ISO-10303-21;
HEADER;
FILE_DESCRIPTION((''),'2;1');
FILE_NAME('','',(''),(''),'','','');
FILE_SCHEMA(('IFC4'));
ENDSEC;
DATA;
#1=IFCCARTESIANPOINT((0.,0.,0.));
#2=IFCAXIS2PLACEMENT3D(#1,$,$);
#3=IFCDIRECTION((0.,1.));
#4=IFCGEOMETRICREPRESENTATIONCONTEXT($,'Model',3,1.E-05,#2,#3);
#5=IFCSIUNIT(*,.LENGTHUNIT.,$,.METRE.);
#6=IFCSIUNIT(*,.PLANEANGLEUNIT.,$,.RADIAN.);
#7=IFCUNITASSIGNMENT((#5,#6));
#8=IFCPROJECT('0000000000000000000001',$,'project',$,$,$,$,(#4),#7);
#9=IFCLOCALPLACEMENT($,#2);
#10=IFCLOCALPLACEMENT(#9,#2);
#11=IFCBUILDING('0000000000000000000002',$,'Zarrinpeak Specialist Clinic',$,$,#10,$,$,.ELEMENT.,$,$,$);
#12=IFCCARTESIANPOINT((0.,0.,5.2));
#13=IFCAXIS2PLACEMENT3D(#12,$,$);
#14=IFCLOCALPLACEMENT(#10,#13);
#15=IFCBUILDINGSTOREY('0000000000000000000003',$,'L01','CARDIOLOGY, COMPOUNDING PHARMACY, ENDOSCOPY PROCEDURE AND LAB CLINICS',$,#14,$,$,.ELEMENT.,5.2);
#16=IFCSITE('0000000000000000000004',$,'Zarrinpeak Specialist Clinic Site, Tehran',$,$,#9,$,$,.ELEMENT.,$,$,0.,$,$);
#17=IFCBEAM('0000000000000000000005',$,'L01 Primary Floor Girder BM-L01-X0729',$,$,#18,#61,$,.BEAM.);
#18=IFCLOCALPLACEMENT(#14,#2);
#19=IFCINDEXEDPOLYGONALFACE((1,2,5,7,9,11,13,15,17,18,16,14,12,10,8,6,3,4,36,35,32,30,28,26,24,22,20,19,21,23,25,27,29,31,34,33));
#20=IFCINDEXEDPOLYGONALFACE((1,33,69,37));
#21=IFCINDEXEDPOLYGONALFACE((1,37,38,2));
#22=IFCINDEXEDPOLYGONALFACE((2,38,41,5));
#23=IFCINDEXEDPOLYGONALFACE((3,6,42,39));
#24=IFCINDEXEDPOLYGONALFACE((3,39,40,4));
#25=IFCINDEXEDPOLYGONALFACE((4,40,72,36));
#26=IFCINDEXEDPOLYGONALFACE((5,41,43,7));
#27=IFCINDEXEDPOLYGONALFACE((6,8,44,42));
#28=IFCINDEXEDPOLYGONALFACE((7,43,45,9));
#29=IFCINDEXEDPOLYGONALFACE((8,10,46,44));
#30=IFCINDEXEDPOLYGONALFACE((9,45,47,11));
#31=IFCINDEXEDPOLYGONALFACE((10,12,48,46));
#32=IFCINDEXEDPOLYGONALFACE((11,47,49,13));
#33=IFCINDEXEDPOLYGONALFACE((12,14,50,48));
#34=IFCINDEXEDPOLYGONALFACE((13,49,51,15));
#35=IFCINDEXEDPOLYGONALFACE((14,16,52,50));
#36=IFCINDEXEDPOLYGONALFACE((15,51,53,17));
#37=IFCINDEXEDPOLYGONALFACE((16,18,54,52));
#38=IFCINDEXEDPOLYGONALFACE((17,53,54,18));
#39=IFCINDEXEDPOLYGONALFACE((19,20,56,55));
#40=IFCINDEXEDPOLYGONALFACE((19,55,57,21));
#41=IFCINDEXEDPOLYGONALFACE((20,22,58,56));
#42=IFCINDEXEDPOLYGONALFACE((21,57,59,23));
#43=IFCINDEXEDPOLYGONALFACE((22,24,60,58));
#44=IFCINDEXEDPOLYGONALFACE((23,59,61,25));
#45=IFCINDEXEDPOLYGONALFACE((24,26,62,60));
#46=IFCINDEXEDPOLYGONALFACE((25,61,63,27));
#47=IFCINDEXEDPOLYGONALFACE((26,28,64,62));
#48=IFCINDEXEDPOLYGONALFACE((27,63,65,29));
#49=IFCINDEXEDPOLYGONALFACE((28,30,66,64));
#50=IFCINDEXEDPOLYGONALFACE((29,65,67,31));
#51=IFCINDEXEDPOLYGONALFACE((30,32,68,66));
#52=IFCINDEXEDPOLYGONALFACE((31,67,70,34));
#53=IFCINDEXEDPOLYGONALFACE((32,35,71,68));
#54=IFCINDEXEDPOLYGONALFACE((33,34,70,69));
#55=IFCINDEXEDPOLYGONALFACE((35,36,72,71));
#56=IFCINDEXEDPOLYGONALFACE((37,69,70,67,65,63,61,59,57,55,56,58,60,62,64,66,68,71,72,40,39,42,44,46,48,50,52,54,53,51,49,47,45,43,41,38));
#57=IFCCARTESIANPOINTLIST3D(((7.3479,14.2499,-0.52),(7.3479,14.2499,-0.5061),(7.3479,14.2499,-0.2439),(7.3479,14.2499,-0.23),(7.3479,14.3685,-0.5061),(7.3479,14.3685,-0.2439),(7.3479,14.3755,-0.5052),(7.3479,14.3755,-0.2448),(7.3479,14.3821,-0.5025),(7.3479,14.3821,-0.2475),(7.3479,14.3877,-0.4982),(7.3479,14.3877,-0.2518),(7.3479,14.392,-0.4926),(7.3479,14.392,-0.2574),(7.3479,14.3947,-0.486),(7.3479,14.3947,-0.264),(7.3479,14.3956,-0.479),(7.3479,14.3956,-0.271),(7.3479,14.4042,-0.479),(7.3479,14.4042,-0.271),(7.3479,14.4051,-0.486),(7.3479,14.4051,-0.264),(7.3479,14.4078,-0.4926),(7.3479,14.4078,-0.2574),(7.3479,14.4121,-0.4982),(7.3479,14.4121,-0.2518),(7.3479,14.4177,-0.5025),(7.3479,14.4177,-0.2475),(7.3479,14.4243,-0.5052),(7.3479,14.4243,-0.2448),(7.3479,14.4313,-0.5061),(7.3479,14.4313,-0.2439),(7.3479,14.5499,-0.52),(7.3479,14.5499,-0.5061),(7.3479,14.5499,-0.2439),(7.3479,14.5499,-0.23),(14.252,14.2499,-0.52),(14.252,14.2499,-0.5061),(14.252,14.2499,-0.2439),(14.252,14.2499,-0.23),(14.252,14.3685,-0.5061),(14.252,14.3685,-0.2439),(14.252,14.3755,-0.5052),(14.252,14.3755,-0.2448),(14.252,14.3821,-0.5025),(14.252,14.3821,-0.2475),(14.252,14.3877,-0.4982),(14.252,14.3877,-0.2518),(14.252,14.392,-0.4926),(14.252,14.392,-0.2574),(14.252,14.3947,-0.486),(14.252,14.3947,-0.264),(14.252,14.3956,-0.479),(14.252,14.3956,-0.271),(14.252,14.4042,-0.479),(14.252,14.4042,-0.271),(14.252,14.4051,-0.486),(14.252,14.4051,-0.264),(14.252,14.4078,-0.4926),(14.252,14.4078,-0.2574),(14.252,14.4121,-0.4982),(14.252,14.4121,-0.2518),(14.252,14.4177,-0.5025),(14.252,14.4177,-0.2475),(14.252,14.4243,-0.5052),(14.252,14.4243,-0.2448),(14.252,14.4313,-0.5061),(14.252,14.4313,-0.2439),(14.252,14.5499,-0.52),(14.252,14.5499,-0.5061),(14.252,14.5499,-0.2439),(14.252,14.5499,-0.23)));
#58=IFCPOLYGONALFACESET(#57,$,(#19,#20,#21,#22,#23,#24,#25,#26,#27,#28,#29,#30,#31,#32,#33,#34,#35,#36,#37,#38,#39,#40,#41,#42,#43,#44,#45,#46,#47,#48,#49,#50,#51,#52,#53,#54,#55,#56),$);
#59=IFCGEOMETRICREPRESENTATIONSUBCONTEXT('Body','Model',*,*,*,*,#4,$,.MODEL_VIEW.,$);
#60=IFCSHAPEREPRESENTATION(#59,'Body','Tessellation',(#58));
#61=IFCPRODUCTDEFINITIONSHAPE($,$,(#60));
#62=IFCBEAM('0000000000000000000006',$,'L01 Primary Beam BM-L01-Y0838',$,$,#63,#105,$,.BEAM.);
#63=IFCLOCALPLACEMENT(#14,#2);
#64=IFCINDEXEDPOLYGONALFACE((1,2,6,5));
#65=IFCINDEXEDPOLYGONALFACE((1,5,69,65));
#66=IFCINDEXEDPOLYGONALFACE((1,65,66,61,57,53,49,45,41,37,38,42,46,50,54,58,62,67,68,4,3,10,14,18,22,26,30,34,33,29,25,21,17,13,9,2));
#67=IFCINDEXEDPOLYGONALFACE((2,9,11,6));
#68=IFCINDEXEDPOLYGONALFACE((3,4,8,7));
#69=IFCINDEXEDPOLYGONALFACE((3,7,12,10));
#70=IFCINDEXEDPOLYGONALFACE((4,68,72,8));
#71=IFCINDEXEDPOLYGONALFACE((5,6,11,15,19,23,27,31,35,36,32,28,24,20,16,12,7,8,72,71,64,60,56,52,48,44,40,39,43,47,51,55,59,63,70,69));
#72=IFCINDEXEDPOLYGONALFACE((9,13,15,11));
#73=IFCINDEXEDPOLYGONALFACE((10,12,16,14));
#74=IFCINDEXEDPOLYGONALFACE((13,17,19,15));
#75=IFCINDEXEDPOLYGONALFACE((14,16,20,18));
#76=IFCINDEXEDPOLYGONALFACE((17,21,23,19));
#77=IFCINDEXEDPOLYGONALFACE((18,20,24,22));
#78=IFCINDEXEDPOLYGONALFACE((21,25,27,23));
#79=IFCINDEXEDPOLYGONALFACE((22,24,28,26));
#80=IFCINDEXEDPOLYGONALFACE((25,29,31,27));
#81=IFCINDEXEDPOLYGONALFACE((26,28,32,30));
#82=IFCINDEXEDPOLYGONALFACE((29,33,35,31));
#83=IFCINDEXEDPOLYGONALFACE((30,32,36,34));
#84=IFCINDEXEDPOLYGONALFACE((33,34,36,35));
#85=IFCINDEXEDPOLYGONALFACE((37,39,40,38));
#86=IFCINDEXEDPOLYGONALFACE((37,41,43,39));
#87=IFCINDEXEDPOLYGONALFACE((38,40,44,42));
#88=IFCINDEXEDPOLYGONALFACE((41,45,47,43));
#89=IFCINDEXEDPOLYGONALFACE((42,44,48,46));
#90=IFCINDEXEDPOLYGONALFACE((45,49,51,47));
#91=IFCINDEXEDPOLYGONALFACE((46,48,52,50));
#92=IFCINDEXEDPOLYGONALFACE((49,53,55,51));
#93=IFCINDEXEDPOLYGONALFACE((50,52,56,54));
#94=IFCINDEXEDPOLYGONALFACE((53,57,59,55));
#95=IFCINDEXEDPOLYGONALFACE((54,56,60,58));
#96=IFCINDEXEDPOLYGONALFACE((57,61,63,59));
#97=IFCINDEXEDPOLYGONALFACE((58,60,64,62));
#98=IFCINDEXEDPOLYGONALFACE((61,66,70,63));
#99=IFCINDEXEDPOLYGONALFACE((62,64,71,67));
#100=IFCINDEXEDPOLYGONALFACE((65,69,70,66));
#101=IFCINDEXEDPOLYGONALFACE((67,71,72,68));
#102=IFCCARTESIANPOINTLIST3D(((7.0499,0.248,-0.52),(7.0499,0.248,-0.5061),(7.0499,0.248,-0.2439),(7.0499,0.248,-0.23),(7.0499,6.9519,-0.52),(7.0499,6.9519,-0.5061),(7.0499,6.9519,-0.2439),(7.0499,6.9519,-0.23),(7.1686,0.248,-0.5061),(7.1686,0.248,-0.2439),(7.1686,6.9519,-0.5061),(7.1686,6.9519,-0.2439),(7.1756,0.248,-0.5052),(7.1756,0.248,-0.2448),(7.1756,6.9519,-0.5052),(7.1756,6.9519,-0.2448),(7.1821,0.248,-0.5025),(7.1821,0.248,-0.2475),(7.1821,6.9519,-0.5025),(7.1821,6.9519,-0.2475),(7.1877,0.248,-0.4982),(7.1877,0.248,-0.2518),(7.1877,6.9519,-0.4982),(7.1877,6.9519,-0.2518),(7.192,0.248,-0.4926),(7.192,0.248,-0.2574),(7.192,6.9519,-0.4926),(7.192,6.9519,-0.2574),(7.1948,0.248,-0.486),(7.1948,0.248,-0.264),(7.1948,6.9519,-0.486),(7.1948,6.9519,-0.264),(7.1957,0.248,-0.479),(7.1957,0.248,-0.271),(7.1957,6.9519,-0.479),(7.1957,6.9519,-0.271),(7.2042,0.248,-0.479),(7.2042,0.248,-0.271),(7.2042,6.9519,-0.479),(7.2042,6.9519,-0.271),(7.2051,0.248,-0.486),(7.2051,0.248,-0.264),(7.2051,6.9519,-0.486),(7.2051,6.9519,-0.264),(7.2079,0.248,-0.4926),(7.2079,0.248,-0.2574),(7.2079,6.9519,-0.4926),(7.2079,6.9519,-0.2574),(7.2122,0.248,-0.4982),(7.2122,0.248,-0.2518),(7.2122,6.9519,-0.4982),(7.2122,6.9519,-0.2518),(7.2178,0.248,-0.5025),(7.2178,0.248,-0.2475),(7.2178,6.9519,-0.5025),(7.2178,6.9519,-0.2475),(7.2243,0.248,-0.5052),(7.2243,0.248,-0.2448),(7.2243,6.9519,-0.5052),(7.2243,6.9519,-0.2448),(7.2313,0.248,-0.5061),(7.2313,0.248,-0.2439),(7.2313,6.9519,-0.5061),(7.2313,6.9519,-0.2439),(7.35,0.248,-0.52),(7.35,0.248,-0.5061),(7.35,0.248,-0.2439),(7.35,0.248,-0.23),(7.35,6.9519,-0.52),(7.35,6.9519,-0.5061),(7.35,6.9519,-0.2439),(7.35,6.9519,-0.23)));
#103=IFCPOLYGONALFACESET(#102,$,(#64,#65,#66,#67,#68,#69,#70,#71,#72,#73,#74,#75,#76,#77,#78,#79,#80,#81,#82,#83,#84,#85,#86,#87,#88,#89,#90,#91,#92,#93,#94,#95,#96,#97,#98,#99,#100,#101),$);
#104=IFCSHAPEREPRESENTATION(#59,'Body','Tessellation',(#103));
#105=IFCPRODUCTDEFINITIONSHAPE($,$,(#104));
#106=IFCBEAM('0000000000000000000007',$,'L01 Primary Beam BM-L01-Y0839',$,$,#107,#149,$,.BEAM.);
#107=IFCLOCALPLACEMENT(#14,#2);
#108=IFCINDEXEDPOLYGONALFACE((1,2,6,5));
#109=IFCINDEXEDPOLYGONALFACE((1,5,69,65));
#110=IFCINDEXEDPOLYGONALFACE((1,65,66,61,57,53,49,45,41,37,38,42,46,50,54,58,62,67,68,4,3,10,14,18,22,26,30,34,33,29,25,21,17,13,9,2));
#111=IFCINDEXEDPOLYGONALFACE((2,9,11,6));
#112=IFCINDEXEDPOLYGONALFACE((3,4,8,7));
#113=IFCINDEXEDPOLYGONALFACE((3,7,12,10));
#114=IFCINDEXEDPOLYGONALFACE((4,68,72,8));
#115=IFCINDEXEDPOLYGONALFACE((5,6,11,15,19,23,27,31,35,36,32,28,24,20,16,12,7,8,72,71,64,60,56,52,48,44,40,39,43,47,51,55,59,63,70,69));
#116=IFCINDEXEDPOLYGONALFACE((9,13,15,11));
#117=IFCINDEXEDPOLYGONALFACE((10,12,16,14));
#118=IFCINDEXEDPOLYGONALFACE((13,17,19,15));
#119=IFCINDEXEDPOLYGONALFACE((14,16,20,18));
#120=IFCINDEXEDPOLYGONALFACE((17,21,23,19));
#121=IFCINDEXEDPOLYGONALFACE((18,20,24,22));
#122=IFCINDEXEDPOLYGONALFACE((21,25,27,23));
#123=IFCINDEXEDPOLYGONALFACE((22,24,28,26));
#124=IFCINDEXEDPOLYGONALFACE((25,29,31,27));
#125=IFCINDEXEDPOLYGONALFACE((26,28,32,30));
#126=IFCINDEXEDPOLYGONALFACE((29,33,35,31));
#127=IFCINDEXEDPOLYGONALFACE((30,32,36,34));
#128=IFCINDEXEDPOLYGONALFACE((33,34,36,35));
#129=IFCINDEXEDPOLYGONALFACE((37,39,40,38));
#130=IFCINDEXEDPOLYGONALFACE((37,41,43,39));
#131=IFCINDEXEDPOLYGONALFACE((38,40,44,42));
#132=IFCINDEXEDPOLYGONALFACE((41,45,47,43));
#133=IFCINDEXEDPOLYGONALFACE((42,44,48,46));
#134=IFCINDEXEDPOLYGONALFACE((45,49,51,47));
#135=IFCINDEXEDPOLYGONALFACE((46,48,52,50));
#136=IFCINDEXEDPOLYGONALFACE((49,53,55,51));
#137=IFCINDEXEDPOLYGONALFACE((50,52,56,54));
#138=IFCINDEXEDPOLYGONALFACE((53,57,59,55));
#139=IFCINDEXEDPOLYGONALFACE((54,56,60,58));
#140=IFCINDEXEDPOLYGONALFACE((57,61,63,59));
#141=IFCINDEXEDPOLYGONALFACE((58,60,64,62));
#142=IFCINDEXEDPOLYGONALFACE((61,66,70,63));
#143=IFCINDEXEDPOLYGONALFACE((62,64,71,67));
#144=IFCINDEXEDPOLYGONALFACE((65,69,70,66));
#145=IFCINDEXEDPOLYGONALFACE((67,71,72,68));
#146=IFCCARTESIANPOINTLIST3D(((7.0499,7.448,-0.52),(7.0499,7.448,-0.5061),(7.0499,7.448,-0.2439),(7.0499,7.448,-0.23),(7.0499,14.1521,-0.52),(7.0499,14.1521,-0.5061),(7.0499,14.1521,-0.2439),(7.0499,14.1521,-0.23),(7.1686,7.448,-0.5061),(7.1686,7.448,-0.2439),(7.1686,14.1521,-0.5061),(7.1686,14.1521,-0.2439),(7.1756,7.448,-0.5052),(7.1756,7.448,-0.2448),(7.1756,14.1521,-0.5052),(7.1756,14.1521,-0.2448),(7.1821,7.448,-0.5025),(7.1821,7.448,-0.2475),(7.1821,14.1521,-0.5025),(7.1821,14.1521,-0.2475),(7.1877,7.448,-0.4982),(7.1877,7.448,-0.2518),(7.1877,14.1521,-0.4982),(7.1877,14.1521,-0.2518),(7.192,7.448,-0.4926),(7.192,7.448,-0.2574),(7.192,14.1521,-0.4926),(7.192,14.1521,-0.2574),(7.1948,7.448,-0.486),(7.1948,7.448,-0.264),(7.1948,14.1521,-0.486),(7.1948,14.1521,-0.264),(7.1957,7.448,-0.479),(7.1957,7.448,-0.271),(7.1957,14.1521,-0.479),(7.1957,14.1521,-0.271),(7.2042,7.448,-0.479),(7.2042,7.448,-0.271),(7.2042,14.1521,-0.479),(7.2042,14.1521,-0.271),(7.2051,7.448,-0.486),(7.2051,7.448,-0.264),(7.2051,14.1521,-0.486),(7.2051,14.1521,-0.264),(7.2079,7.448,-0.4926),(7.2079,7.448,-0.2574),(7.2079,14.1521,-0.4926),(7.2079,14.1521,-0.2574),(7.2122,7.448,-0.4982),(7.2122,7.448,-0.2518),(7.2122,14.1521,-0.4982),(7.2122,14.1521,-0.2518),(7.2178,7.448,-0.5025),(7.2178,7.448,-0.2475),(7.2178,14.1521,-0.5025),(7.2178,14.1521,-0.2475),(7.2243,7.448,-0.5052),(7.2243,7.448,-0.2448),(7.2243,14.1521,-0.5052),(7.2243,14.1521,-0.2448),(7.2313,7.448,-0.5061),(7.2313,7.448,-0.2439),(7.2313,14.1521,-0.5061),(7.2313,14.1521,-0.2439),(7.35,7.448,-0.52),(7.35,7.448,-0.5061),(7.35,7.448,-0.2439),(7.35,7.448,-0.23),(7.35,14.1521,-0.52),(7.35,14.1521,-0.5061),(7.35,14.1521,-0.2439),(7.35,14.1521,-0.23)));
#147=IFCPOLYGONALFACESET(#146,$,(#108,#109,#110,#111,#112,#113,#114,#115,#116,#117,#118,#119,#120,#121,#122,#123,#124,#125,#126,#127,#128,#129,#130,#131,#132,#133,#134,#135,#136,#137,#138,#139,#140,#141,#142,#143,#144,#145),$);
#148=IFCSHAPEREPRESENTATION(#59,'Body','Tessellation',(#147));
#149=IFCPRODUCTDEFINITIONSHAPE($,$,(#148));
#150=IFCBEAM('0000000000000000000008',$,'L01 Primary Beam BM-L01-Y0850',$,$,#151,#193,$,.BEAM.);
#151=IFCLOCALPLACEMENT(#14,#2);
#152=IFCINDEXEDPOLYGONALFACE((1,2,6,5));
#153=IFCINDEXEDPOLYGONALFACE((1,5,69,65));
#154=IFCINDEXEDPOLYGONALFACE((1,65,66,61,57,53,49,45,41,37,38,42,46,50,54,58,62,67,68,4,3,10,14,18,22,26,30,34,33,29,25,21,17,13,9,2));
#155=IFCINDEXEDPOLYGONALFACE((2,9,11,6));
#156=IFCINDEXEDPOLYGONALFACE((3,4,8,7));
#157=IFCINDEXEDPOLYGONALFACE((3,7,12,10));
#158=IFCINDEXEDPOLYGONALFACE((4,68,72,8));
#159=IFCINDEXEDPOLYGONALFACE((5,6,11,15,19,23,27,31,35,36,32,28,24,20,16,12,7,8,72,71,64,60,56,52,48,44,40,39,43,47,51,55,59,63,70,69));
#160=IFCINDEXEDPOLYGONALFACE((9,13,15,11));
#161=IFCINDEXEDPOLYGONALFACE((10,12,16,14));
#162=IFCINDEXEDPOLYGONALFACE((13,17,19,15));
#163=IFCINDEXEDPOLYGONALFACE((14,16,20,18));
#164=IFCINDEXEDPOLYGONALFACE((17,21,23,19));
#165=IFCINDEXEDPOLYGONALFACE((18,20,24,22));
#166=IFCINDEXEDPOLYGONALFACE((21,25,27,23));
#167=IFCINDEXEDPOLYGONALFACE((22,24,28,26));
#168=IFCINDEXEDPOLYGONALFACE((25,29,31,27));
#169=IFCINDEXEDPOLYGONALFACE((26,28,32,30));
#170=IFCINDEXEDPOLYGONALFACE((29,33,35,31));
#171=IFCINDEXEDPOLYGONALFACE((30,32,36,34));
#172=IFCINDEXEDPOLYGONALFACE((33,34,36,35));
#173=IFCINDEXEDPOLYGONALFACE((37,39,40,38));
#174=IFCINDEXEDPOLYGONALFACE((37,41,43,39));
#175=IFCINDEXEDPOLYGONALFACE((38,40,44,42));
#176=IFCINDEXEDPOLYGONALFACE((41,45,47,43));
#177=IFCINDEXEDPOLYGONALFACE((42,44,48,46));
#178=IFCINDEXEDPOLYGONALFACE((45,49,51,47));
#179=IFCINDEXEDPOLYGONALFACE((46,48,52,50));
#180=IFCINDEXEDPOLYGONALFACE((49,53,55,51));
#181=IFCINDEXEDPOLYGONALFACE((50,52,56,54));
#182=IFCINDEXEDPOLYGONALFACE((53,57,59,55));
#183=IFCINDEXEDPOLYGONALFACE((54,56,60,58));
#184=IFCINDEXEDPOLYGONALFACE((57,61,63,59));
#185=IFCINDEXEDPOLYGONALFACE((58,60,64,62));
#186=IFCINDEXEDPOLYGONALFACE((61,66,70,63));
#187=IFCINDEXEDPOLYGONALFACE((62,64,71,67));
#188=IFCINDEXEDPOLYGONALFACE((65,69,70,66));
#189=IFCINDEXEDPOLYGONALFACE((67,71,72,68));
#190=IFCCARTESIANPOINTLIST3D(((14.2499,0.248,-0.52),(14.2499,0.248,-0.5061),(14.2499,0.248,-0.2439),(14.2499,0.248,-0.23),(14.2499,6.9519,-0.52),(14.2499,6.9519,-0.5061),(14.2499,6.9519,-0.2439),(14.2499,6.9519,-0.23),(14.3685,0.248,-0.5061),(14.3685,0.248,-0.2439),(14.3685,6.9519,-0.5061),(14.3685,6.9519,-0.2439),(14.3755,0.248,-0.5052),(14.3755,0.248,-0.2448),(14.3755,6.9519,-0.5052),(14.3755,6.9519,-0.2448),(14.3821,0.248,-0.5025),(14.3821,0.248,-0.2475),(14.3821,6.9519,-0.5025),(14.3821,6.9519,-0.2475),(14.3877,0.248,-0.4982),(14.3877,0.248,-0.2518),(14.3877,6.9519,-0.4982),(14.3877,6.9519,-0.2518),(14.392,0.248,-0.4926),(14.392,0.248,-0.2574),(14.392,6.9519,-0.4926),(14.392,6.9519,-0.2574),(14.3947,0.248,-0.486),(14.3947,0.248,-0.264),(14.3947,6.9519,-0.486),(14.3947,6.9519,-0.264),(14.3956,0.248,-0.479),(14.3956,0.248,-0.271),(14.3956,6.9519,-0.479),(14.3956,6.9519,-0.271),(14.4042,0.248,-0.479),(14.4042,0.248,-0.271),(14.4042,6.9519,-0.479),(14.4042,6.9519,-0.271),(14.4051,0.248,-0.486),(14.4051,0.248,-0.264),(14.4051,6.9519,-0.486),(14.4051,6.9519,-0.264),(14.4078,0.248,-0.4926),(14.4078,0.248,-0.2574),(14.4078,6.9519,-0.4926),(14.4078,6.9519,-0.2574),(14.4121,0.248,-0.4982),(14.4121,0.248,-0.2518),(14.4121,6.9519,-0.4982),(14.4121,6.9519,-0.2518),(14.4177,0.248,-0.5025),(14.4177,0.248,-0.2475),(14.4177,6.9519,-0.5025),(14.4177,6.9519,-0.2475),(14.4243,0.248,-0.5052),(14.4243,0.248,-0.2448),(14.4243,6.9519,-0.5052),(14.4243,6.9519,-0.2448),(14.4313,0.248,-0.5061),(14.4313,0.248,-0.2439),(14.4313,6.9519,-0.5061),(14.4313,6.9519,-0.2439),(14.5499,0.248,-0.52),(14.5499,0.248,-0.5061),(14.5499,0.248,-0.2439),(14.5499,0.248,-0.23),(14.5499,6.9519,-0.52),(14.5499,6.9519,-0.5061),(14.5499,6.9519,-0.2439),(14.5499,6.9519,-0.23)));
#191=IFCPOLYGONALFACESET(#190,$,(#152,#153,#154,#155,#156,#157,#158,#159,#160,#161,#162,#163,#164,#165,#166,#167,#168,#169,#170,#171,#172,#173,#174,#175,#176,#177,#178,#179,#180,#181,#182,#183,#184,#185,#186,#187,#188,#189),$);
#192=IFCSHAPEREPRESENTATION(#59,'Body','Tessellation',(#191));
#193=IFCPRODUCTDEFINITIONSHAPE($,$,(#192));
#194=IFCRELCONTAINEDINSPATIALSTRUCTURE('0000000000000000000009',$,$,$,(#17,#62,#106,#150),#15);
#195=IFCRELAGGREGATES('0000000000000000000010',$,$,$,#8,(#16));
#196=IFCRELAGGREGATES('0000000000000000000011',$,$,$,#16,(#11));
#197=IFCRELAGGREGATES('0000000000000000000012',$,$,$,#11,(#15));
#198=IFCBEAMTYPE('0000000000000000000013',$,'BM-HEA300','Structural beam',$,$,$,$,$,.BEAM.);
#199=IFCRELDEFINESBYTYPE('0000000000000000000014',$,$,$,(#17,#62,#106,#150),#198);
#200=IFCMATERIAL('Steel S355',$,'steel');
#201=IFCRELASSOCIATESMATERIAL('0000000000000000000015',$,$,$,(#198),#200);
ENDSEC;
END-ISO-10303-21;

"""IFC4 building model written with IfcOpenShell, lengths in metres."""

from ifc_helpers import new_model, si_unit, direction, frame, origin, origin_2d, place, context, subcontext, project, spatial, i_section, extrude, material, material_profile, profile_set, type_object, element, save


model = new_model("IFC4")

# Units and contexts
model_context = context("Model", 3, precision=1e-05, world=origin(), true_north=direction((0.0, 1.0)))
body_context = subcontext(model_context, "Body", "Model", "MODEL_VIEW")
ifc_project = project(units=[si_unit("LENGTHUNIT", "METRE"), si_unit("PLANEANGLEUNIT", "RADIAN")], contexts=[model_context])

# Site, building, storey
site_placement = place(None, origin())
site = spatial("IfcSite", under=ifc_project, at=site_placement, Name="Zarrinpeak Specialist Clinic Site, Tehran", CompositionType="ELEMENT", RefElevation=0.0)
building_placement = place(site_placement, origin())
building = spatial("IfcBuilding", under=site, at=building_placement, Name="Zarrinpeak Specialist Clinic", CompositionType="ELEMENT")
storey_placement = place(building_placement, frame((0.0, 0.0, 5.2)))
storey = spatial("IfcBuildingStorey", under=building, at=storey_placement, Name="L01", Description="CARDIOLOGY, COMPOUNDING PHARMACY, ENDOSCOPY PROCEDURE AND LAB CLINICS", CompositionType="ELEMENT", Elevation=5.2)

# Shared definitions
ifc_material_1 = material(Name="Steel S355", Category="steel")

# Beams
ifc_material_profile_1 = material_profile(ifc_material_1, i_section(OverallWidth=0.3, OverallDepth=0.29, WebThickness=0.0085, FlangeThickness=0.0139, FilletRadius=0.0271, at=origin_2d()), Name="HEA 300")
ifc_profile_set_1 = profile_set([ifc_material_profile_1], Name="Steel S355")
beam_type_1 = type_object("IfcBeamType", Name="BM-HEA300", Description="Structural beam", PredefinedType="BEAM", material=ifc_profile_set_1)
for number, where, z_axis, x_axis, name in (
    (1, (7.3479, 14.3999, -0.375), (1.0, 0.0, 0.0), (0.0, 1.0, 0.0), "L01 Primary Floor Girder BM-L01-X0729"),
):
    element("IfcBeam", number, at=place(storey_placement, frame(where, z_axis=z_axis, x_axis=x_axis)), inside=storey, type_object=beam_type_1, Name=name, PredefinedType="BEAM", context=body_context, shape_type="SweptSolid", body=[
        extrude(i_section(OverallWidth=0.3, OverallDepth=0.29, WebThickness=0.0085, FlangeThickness=0.0139, FilletRadius=0.0271, at=origin_2d()), origin(), (0.0, 0.0, 1.0), 6.9041),
    ])
beam_1_placement = place(storey_placement, frame((7.2, 0.248, -0.375), z_axis=(0.0, 1.0, 0.0), x_axis=(-1.0, 0.0, 0.0)))
element("IfcBeam", 2, at=beam_1_placement, inside=storey, type_object=beam_type_1, Name="L01 Primary Beam BM-L01-Y0838", PredefinedType="BEAM", context=body_context, shape_type="SweptSolid", body=[
    extrude(i_section(OverallWidth=0.3, OverallDepth=0.29, WebThickness=0.0085, FlangeThickness=0.0139, FilletRadius=0.0271, at=origin_2d()), origin(), (0.0, 0.0, 1.0), 6.7039),
])
beam_2_placement = place(storey_placement, frame((7.2, 7.448, -0.375), z_axis=(0.0, 1.0, 0.0), x_axis=(-1.0, 0.0, 0.0)))
element("IfcBeam", 3, at=beam_2_placement, inside=storey, type_object=beam_type_1, Name="L01 Primary Beam BM-L01-Y0839", PredefinedType="BEAM", context=body_context, shape_type="SweptSolid", body=[
    extrude(i_section(OverallWidth=0.3, OverallDepth=0.29, WebThickness=0.0085, FlangeThickness=0.0139, FilletRadius=0.0271, at=origin_2d()), origin(), (0.0, 0.0, 1.0), 6.7041),
])
beam_3_placement = place(storey_placement, frame((14.3999, 0.248, -0.375), z_axis=(0.0, 1.0, 0.0), x_axis=(-1.0, 0.0, 0.0)))
element("IfcBeam", 4, at=beam_3_placement, inside=storey, type_object=beam_type_1, Name="L01 Primary Beam BM-L01-Y0850", PredefinedType="BEAM", context=body_context, shape_type="SweptSolid", body=[
    extrude(i_section(OverallWidth=0.3, OverallDepth=0.29, WebThickness=0.0085, FlangeThickness=0.0139, FilletRadius=0.0271, at=origin_2d()), origin(), (0.0, 0.0, 1.0), 6.7039),
])

save(model, "model.ifc")
